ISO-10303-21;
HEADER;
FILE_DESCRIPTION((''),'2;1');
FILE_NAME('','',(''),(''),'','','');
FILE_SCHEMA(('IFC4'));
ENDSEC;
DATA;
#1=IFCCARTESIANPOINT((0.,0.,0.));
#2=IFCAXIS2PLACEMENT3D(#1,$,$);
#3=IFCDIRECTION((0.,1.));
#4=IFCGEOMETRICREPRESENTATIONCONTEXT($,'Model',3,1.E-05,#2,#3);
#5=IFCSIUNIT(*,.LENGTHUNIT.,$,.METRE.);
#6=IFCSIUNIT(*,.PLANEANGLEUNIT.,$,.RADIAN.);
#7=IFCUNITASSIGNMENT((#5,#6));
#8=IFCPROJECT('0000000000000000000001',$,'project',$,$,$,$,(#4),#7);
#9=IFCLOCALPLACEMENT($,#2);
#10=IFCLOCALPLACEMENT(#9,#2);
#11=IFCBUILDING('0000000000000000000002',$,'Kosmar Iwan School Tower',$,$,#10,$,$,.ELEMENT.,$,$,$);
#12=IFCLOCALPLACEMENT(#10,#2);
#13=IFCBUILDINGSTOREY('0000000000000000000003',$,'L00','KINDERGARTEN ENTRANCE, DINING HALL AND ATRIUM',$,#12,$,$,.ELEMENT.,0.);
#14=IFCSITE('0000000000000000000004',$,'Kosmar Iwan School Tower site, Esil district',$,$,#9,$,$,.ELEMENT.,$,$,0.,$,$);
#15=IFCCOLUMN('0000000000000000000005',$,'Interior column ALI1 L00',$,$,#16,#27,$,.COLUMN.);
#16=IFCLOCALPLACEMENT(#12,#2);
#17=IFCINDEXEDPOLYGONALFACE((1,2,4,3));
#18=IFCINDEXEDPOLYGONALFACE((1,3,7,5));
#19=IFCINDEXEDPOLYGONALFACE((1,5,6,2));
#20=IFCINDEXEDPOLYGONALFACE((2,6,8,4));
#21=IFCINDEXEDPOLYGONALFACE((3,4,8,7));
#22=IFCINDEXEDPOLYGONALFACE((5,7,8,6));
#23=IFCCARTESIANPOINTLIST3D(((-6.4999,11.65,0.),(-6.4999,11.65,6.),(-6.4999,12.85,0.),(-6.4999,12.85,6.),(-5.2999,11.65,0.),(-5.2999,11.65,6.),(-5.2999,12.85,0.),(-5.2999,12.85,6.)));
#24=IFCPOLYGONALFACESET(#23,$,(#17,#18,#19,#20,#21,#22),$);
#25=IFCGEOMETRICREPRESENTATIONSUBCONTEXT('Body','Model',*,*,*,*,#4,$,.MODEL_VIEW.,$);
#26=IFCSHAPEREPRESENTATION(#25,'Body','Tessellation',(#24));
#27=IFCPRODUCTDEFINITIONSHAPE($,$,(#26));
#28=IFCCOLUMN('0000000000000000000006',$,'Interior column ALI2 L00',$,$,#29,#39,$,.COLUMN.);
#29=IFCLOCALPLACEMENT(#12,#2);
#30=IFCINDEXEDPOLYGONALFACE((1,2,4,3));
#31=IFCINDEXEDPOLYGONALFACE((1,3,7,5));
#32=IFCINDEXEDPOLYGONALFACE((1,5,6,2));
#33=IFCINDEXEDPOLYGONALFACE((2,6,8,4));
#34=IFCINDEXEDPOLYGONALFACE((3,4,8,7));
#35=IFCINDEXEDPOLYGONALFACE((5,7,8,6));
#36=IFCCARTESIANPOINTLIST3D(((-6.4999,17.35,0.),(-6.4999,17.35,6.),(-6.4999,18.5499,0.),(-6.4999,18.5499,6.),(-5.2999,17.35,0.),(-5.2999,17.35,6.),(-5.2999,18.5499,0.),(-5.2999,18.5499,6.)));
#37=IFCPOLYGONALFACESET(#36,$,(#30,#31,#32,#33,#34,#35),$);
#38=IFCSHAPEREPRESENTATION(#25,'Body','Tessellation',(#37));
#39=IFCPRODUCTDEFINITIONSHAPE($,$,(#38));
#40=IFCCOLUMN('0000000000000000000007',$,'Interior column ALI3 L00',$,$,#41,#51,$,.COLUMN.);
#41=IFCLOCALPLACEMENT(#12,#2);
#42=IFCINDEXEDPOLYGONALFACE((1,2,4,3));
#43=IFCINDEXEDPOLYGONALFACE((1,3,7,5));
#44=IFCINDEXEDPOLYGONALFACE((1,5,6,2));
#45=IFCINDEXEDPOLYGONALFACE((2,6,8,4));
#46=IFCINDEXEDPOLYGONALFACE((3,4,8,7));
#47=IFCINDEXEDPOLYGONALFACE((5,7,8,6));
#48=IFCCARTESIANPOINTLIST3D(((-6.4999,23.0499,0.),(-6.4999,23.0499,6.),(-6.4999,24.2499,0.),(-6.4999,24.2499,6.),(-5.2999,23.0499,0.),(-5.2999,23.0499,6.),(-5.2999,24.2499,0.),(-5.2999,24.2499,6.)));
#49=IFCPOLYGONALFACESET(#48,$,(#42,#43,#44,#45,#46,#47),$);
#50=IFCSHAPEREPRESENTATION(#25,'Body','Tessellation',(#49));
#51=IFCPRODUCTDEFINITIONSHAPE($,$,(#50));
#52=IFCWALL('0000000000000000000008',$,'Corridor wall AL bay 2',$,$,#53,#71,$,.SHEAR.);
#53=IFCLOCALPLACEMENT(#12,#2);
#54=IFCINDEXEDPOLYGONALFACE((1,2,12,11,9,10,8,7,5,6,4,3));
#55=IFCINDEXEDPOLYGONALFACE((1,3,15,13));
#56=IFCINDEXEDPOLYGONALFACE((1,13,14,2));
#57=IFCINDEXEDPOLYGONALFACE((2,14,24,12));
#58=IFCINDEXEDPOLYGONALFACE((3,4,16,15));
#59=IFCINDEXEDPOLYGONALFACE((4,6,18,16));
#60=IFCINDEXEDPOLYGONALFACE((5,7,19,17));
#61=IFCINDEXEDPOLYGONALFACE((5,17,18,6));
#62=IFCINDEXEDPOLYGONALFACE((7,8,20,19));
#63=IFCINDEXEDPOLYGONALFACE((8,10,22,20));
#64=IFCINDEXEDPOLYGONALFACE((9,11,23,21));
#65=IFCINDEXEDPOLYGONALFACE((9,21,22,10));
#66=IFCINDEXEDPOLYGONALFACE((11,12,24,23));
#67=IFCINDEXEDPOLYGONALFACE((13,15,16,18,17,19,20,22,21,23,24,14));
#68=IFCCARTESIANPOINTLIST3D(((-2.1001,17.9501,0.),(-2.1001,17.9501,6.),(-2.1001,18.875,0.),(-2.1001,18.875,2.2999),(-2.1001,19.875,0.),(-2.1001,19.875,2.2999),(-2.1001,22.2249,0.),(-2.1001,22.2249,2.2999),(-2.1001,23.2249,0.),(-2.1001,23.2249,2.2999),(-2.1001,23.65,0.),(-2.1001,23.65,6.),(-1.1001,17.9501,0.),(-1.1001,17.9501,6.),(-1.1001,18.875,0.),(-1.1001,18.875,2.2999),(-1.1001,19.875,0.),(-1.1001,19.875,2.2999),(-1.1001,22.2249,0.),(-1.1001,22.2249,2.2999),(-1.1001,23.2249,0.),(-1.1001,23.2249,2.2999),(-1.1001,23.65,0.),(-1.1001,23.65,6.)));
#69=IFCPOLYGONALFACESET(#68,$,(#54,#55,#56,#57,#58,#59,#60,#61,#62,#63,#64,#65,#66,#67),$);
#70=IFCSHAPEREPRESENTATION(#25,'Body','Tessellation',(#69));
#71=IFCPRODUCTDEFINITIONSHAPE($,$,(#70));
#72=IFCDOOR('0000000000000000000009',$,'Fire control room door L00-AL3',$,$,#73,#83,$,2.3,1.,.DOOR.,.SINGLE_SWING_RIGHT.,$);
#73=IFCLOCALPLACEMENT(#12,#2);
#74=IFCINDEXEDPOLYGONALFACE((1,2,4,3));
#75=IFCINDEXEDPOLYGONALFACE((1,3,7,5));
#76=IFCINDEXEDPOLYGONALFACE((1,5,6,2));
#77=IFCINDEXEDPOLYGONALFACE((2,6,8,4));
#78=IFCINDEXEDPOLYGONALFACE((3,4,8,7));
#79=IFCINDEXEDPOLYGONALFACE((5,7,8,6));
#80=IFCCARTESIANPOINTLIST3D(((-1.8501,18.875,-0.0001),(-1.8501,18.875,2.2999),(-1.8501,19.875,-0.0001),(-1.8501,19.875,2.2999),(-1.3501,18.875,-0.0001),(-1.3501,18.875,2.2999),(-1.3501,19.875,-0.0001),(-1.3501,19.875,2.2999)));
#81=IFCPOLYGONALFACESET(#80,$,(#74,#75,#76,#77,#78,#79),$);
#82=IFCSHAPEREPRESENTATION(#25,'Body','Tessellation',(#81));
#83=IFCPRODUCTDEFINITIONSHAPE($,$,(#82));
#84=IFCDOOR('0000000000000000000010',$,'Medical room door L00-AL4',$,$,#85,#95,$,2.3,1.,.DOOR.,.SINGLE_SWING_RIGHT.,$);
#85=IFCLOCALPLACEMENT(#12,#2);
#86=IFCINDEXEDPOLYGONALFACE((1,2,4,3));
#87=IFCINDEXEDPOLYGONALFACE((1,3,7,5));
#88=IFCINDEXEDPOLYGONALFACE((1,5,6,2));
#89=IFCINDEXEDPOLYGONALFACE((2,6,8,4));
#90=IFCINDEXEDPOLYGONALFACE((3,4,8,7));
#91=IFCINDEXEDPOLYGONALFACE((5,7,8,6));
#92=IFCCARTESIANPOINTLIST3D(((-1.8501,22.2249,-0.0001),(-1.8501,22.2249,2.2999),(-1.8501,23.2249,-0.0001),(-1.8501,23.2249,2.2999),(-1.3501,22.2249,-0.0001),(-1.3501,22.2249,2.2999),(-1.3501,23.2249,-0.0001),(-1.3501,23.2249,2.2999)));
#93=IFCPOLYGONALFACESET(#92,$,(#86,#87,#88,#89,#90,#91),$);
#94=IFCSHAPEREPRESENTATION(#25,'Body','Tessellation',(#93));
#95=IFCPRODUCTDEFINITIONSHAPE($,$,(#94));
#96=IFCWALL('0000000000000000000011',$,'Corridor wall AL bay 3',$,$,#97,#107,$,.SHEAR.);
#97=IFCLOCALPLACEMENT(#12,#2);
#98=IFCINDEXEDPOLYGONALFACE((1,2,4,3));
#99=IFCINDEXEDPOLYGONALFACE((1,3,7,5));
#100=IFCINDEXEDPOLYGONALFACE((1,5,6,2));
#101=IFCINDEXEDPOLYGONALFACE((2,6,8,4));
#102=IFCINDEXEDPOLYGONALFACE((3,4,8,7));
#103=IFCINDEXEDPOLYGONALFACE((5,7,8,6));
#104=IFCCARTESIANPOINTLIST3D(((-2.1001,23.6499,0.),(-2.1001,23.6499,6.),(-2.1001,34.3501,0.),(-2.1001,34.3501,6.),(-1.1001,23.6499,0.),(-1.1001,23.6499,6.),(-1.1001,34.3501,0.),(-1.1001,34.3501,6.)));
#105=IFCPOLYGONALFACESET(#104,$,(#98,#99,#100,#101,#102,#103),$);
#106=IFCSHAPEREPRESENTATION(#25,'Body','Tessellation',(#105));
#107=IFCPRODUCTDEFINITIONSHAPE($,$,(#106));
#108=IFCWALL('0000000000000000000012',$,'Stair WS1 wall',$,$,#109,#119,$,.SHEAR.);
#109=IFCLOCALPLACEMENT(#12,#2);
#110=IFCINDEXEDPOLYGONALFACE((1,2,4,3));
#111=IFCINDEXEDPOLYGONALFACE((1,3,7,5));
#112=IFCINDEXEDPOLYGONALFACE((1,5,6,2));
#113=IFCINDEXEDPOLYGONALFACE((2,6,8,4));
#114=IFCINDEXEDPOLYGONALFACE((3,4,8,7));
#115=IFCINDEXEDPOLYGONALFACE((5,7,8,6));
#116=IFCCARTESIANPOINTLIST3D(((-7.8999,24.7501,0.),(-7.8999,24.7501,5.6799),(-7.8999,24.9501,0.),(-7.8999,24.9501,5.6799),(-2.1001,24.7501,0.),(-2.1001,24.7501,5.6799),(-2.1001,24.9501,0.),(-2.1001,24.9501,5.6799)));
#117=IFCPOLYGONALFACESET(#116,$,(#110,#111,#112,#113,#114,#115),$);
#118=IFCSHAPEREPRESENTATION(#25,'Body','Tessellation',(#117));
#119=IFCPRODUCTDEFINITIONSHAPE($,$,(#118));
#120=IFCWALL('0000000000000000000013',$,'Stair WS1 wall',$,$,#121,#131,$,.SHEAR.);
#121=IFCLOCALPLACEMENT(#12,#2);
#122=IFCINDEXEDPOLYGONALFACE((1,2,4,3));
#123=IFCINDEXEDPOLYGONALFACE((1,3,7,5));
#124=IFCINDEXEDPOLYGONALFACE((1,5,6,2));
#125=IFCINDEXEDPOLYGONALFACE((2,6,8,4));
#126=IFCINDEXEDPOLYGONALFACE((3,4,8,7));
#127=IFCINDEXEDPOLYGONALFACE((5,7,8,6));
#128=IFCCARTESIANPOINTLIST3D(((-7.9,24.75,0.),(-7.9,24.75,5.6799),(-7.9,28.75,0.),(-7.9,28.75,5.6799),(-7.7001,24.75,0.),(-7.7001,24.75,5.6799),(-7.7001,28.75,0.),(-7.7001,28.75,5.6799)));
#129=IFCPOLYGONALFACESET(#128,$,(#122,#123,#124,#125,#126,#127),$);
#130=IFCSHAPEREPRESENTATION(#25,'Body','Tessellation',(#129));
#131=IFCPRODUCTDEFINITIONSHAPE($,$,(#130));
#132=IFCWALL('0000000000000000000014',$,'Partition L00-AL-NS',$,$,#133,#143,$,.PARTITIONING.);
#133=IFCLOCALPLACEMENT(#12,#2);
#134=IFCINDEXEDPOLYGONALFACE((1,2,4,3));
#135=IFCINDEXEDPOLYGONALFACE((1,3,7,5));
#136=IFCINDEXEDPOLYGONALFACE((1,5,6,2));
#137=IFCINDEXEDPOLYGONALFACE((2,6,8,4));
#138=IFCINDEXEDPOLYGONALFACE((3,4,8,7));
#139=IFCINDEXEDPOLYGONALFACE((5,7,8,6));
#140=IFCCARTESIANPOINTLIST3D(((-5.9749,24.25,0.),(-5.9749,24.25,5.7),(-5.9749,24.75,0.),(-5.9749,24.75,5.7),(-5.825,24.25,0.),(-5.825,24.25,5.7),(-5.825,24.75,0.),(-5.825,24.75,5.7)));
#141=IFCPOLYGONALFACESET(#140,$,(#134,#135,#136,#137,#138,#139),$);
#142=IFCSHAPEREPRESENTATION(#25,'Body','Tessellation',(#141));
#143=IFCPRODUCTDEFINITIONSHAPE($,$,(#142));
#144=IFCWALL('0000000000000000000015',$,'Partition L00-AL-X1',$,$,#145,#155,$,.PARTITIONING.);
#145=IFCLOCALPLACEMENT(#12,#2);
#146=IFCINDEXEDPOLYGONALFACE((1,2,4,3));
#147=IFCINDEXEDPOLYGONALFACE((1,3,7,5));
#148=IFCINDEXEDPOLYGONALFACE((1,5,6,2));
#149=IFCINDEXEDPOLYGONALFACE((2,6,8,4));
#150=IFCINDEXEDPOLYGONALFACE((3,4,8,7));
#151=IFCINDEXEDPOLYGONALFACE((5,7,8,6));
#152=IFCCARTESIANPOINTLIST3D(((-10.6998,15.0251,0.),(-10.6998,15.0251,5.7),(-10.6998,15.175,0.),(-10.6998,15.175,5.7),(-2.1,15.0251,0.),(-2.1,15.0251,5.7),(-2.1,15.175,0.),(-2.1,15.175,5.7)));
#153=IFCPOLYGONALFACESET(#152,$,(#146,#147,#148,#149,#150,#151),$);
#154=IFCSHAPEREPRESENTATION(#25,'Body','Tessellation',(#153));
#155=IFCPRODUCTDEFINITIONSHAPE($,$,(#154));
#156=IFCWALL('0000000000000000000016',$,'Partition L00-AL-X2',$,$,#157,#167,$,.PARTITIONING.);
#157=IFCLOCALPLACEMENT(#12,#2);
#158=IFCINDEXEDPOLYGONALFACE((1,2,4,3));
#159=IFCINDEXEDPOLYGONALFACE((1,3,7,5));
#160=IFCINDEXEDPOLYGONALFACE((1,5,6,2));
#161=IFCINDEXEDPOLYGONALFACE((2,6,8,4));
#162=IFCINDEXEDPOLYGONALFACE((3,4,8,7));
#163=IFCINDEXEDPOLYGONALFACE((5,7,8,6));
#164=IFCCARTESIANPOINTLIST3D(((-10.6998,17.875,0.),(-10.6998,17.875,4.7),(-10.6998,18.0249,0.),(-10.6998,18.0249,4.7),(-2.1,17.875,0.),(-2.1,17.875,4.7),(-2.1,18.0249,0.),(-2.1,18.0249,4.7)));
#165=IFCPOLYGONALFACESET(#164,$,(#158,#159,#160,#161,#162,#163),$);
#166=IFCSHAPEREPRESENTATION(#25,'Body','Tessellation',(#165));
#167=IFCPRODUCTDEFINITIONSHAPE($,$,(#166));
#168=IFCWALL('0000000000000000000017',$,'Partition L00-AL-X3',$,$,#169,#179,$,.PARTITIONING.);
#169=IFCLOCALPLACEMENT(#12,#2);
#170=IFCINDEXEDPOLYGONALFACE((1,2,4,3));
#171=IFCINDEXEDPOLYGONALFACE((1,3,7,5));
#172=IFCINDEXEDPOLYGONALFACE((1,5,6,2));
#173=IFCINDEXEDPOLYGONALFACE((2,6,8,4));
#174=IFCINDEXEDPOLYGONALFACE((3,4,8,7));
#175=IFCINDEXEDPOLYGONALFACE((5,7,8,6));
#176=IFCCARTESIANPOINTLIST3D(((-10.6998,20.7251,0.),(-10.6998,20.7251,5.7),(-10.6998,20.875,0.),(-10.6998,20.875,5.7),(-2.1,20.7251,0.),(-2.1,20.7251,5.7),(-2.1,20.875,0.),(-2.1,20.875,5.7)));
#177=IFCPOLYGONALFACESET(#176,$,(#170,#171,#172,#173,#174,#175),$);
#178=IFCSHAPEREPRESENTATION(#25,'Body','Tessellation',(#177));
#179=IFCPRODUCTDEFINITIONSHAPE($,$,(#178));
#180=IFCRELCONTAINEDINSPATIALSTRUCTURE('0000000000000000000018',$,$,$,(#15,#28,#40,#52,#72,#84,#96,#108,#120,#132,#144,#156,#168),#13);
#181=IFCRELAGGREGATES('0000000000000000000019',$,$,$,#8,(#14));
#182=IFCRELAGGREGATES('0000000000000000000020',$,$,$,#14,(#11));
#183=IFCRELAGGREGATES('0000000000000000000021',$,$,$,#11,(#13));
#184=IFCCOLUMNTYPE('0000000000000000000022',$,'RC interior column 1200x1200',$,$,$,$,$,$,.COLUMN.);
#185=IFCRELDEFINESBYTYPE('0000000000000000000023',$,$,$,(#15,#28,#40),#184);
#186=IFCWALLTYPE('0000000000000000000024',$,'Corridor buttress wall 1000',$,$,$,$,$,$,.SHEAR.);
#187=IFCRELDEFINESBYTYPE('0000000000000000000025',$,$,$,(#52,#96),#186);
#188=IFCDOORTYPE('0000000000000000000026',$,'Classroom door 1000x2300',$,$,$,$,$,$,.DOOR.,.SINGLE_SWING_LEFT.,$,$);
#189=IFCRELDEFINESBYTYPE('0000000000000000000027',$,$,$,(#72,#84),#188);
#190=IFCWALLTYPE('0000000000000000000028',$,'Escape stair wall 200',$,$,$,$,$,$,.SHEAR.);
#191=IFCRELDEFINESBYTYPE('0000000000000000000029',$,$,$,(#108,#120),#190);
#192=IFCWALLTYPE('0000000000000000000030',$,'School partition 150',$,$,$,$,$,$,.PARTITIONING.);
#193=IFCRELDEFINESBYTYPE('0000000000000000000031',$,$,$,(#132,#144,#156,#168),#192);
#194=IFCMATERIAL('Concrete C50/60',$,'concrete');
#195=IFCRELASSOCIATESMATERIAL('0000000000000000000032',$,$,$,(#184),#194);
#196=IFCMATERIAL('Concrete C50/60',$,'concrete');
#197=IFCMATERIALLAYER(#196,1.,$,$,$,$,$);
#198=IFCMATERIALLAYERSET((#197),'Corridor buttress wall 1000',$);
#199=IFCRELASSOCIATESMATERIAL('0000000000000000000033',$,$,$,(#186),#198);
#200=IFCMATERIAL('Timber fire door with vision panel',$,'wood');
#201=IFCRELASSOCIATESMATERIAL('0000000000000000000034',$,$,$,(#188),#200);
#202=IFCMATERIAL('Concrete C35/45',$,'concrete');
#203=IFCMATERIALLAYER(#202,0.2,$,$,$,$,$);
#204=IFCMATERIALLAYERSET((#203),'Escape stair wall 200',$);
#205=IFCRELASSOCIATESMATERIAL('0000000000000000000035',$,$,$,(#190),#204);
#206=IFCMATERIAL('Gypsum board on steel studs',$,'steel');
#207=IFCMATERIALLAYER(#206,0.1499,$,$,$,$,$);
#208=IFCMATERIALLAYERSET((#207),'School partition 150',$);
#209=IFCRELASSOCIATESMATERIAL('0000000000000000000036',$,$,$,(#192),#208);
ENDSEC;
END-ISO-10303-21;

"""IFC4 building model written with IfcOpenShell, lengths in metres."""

from ifc_helpers import new_model, si_unit, direction, frame, frame_2d, origin, origin_2d, place, context, subcontext, project, spatial, rectangle, extrude, material, layer, layer_set, material_profile, profile_set, type_object, element, fill, save


model = new_model("IFC4")

# Units and contexts
model_context = context("Model", 3, precision=1e-05, world=origin(), true_north=direction((0.0, 1.0)))
body_context = subcontext(model_context, "Body", "Model", "MODEL_VIEW")
ifc_project = project(units=[si_unit("LENGTHUNIT", "METRE"), si_unit("PLANEANGLEUNIT", "RADIAN")], contexts=[model_context])

# Site, building, storey
site_placement = place(None, origin())
site = spatial("IfcSite", under=ifc_project, at=site_placement, Name="Kosmar Iwan School Tower site, Esil district", CompositionType="ELEMENT", RefElevation=0.0)
building_placement = place(site_placement, origin())
building = spatial("IfcBuilding", under=site, at=building_placement, Name="Kosmar Iwan School Tower", CompositionType="ELEMENT")
storey_placement = place(building_placement, origin())
storey = spatial("IfcBuildingStorey", under=building, at=storey_placement, Name="L00", Description="KINDERGARTEN ENTRANCE, DINING HALL AND ATRIUM", CompositionType="ELEMENT", Elevation=0.0)

# Columns
ifc_material_1 = material(Name="Concrete C50/60", Category="concrete")
ifc_material_profile_1 = material_profile(ifc_material_1, rectangle(XDim=1.2, YDim=1.2, at=origin_2d()), Name="RC 1200x1200")
ifc_profile_set_1 = profile_set([ifc_material_profile_1], Name="Concrete C50/60")
column_type = type_object("IfcColumnType", Name="RC interior column 1200x1200", PredefinedType="COLUMN", material=ifc_profile_set_1)
for number, where, z_axis, x_axis, name in (
    (1, (-5.8999, 12.25, 0.0), (0.0, 0.0, 1.0), (0.0, 1.0, 0.0), "Interior column ALI1 L00"),
    (2, (-5.8999, 17.95, 0.0), (0.0, 0.0, 1.0), (0.0, 1.0, 0.0), "Interior column ALI2 L00"),
    (3, (-5.8999, 23.6499, 0.0), (0.0, 0.0, 1.0), (0.0, 1.0, 0.0), "Interior column ALI3 L00"),
):
    element("IfcColumn", number, at=place(storey_placement, frame(where, z_axis=z_axis, x_axis=x_axis)), inside=storey, type_object=column_type, Name=name, PredefinedType="COLUMN", context=body_context, shape_type="SweptSolid", body=[
        extrude(rectangle(XDim=1.2, YDim=1.2, at=origin_2d()), origin(), (0.0, 0.0, 1.0), 6.0),
    ])

# Wall, openings, doors
ifc_material_2 = material(Name="Concrete C50/60", Category="concrete")
ifc_layer_1 = layer(ifc_material_2, 1.0)
ifc_layer_set_1 = layer_set([ifc_layer_1], Name="Corridor buttress wall 1000")
wall_type_1 = type_object("IfcWallType", Name="Corridor buttress wall 1000", PredefinedType="SHEAR", material=ifc_layer_set_1)
wall_1_placement = place(storey_placement, frame((-1.6001, 17.95, 0.0), z_axis=(0.0, 0.0, 1.0), x_axis=(0.0, 1.0, 0.0)))
wall_1 = element("IfcWall", 4, at=wall_1_placement, inside=storey, type_object=wall_type_1, Name="Corridor wall AL bay 2", PredefinedType="SHEAR", context=body_context, shape_type="SweptSolid", body=[
    extrude(rectangle(XDim=5.7, YDim=1.0, at=frame_2d((2.8501, 0.0))), origin(), (0.0, 0.0, 1.0), 6.0),
])
opening_1_placement = place(wall_1_placement, frame((0.925, 0.0, 0.0)))
opening_1 = element("IfcOpeningElement", 5, at=opening_1_placement, cuts=wall_1, PredefinedType="OPENING", context=body_context, shape_type="SweptSolid", body=[
    extrude(rectangle(XDim=1.0, YDim=2.3, at=frame_2d((0.5, 1.1499))), frame((0.0, 0.512, 0.0), z_axis=(0.0, -1.0, 0.0), x_axis=(1.0, 0.0, 0.0)), (0.0, 0.0, 1.0), 1.0239),
])
opening_2_placement = place(wall_1_placement, frame((4.2749, 0.0, 0.0)))
opening_2 = element("IfcOpeningElement", 6, at=opening_2_placement, cuts=wall_1, PredefinedType="OPENING", context=body_context, shape_type="SweptSolid", body=[
    extrude(rectangle(XDim=1.0, YDim=2.3, at=frame_2d((0.5, 1.1499))), frame((0.0, 0.512, 0.0), z_axis=(0.0, -1.0, 0.0), x_axis=(1.0, 0.0, 0.0)), (0.0, 0.0, 1.0), 1.0239),
])
ifc_material_3 = material(Name="Timber fire door with vision panel", Category="wood")
door_type = type_object("IfcDoorType", Name="Classroom door 1000x2300", OperationType="SINGLE_SWING_LEFT", PredefinedType="DOOR", material=ifc_material_3)
door_1_placement = place(opening_1_placement, origin())
door_1 = element("IfcDoor", 7, at=door_1_placement, inside=storey, type_object=door_type, Name="Fire control room door L00-AL3", OperationType="SINGLE_SWING_RIGHT", OverallHeight=2.3, OverallWidth=1.0, PredefinedType="DOOR", context=body_context, shape_type="SweptSolid", body=[
    extrude(rectangle(XDim=1.0, YDim=2.3, at=frame_2d((0.5, 1.1499))), frame((0.0, 0.25, 0.0), z_axis=(0.0, -1.0, 0.0), x_axis=(1.0, 0.0, 0.0)), (0.0, 0.0, 1.0), 0.5),
])
fill(opening_1, door_1)
door_2_placement = place(opening_2_placement, origin())
door_2 = element("IfcDoor", 8, at=door_2_placement, inside=storey, type_object=door_type, Name="Medical room door L00-AL4", OperationType="SINGLE_SWING_RIGHT", OverallHeight=2.3, OverallWidth=1.0, PredefinedType="DOOR", context=body_context, shape_type="SweptSolid", body=[
    extrude(rectangle(XDim=1.0, YDim=2.3, at=frame_2d((0.5, 1.1499))), frame((0.0, 0.25, 0.0), z_axis=(0.0, -1.0, 0.0), x_axis=(1.0, 0.0, 0.0)), (0.0, 0.0, 1.0), 0.5),
])
fill(opening_2, door_2)

# Walls
wall_2_placement = place(storey_placement, frame((-1.6001, 23.6499, 0.0), z_axis=(0.0, 0.0, 1.0), x_axis=(0.0, 1.0, 0.0)))
element("IfcWall", 9, at=wall_2_placement, inside=storey, type_object=wall_type_1, Name="Corridor wall AL bay 3", PredefinedType="SHEAR", context=body_context, shape_type="SweptSolid", body=[
    extrude(rectangle(XDim=10.7002, YDim=1.0, at=frame_2d((5.3501, 0.0))), origin(), (0.0, 0.0, 1.0), 6.0),
])
ifc_material_4 = material(Name="Concrete C35/45", Category="concrete")
ifc_layer_2 = layer(ifc_material_4, 0.2)
ifc_layer_set_2 = layer_set([ifc_layer_2], Name="Escape stair wall 200")
wall_type_2 = type_object("IfcWallType", Name="Escape stair wall 200", PredefinedType="SHEAR", material=ifc_layer_set_2)
wall_3_placement = place(storey_placement, frame((-2.1001, 24.8501, 0.0), z_axis=(0.0, 0.0, 1.0), x_axis=(-1.0, 0.0, 0.0)))
element("IfcWall", 10, at=wall_3_placement, inside=storey, type_object=wall_type_2, Name="Stair WS1 wall", PredefinedType="SHEAR", context=body_context, shape_type="SweptSolid", body=[
    extrude(rectangle(XDim=5.7998, YDim=0.2, at=frame_2d((2.8999, 0.0))), origin(), (0.0, 0.0, 1.0), 5.6799),
])
wall_4_placement = place(storey_placement, frame((-7.8, 24.75, 0.0), z_axis=(0.0, 0.0, 1.0), x_axis=(0.0, 1.0, 0.0)))
element("IfcWall", 11, at=wall_4_placement, inside=storey, type_object=wall_type_2, Name="Stair WS1 wall", PredefinedType="SHEAR", context=body_context, shape_type="SweptSolid", body=[
    extrude(rectangle(XDim=4.0, YDim=0.2, at=frame_2d((2.0, 0.0))), origin(), (0.0, 0.0, 1.0), 5.6799),
])
ifc_material_5 = material(Name="Gypsum board on steel studs", Category="steel")
ifc_layer_3 = layer(ifc_material_5, 0.1499)
ifc_layer_set_3 = layer_set([ifc_layer_3], Name="School partition 150")
wall_type_3 = type_object("IfcWallType", Name="School partition 150", PredefinedType="PARTITIONING", material=ifc_layer_set_3)
wall_5_placement = place(storey_placement, frame((-5.8999, 24.25, 0.0), z_axis=(0.0, 0.0, 1.0), x_axis=(0.0, 1.0, 0.0)))
element("IfcWall", 12, at=wall_5_placement, inside=storey, type_object=wall_type_3, Name="Partition L00-AL-NS", PredefinedType="PARTITIONING", context=body_context, shape_type="SweptSolid", body=[
    extrude(rectangle(XDim=0.5, YDim=0.1499, at=frame_2d((0.25, 0.0))), origin(), (0.0, 0.0, 1.0), 5.7),
])
wall_6_placement = place(storey_placement, frame((-2.1001, 15.1001, 0.0), z_axis=(0.0, 0.0, 1.0), x_axis=(-1.0, 0.0, 0.0)))
element("IfcWall", 13, at=wall_6_placement, inside=storey, type_object=wall_type_3, Name="Partition L00-AL-X1", PredefinedType="PARTITIONING", context=body_context, shape_type="SweptSolid", body=[
    extrude(rectangle(XDim=8.5999, YDim=0.1499, at=frame_2d((4.2998, 0.0))), origin(), (0.0, 0.0, 1.0), 5.7),
])
wall_7_placement = place(storey_placement, frame((-2.1001, 17.95, 0.0), z_axis=(0.0, 0.0, 1.0), x_axis=(-1.0, 0.0, 0.0)))
element("IfcWall", 14, at=wall_7_placement, inside=storey, type_object=wall_type_3, Name="Partition L00-AL-X2", PredefinedType="PARTITIONING", context=body_context, shape_type="SweptSolid", body=[
    extrude(rectangle(XDim=8.5999, YDim=0.1499, at=frame_2d((4.2998, 0.0))), origin(), (0.0, 0.0, 1.0), 4.7),
])
wall_8_placement = place(storey_placement, frame((-2.1001, 20.8, 0.0), z_axis=(0.0, 0.0, 1.0), x_axis=(-1.0, 0.0, 0.0)))
element("IfcWall", 15, at=wall_8_placement, inside=storey, type_object=wall_type_3, Name="Partition L00-AL-X3", PredefinedType="PARTITIONING", context=body_context, shape_type="SweptSolid", body=[
    extrude(rectangle(XDim=8.5999, YDim=0.1499, at=frame_2d((4.2998, 0.0))), origin(), (0.0, 0.0, 1.0), 5.7),
])

save(model, "model.ifc")
